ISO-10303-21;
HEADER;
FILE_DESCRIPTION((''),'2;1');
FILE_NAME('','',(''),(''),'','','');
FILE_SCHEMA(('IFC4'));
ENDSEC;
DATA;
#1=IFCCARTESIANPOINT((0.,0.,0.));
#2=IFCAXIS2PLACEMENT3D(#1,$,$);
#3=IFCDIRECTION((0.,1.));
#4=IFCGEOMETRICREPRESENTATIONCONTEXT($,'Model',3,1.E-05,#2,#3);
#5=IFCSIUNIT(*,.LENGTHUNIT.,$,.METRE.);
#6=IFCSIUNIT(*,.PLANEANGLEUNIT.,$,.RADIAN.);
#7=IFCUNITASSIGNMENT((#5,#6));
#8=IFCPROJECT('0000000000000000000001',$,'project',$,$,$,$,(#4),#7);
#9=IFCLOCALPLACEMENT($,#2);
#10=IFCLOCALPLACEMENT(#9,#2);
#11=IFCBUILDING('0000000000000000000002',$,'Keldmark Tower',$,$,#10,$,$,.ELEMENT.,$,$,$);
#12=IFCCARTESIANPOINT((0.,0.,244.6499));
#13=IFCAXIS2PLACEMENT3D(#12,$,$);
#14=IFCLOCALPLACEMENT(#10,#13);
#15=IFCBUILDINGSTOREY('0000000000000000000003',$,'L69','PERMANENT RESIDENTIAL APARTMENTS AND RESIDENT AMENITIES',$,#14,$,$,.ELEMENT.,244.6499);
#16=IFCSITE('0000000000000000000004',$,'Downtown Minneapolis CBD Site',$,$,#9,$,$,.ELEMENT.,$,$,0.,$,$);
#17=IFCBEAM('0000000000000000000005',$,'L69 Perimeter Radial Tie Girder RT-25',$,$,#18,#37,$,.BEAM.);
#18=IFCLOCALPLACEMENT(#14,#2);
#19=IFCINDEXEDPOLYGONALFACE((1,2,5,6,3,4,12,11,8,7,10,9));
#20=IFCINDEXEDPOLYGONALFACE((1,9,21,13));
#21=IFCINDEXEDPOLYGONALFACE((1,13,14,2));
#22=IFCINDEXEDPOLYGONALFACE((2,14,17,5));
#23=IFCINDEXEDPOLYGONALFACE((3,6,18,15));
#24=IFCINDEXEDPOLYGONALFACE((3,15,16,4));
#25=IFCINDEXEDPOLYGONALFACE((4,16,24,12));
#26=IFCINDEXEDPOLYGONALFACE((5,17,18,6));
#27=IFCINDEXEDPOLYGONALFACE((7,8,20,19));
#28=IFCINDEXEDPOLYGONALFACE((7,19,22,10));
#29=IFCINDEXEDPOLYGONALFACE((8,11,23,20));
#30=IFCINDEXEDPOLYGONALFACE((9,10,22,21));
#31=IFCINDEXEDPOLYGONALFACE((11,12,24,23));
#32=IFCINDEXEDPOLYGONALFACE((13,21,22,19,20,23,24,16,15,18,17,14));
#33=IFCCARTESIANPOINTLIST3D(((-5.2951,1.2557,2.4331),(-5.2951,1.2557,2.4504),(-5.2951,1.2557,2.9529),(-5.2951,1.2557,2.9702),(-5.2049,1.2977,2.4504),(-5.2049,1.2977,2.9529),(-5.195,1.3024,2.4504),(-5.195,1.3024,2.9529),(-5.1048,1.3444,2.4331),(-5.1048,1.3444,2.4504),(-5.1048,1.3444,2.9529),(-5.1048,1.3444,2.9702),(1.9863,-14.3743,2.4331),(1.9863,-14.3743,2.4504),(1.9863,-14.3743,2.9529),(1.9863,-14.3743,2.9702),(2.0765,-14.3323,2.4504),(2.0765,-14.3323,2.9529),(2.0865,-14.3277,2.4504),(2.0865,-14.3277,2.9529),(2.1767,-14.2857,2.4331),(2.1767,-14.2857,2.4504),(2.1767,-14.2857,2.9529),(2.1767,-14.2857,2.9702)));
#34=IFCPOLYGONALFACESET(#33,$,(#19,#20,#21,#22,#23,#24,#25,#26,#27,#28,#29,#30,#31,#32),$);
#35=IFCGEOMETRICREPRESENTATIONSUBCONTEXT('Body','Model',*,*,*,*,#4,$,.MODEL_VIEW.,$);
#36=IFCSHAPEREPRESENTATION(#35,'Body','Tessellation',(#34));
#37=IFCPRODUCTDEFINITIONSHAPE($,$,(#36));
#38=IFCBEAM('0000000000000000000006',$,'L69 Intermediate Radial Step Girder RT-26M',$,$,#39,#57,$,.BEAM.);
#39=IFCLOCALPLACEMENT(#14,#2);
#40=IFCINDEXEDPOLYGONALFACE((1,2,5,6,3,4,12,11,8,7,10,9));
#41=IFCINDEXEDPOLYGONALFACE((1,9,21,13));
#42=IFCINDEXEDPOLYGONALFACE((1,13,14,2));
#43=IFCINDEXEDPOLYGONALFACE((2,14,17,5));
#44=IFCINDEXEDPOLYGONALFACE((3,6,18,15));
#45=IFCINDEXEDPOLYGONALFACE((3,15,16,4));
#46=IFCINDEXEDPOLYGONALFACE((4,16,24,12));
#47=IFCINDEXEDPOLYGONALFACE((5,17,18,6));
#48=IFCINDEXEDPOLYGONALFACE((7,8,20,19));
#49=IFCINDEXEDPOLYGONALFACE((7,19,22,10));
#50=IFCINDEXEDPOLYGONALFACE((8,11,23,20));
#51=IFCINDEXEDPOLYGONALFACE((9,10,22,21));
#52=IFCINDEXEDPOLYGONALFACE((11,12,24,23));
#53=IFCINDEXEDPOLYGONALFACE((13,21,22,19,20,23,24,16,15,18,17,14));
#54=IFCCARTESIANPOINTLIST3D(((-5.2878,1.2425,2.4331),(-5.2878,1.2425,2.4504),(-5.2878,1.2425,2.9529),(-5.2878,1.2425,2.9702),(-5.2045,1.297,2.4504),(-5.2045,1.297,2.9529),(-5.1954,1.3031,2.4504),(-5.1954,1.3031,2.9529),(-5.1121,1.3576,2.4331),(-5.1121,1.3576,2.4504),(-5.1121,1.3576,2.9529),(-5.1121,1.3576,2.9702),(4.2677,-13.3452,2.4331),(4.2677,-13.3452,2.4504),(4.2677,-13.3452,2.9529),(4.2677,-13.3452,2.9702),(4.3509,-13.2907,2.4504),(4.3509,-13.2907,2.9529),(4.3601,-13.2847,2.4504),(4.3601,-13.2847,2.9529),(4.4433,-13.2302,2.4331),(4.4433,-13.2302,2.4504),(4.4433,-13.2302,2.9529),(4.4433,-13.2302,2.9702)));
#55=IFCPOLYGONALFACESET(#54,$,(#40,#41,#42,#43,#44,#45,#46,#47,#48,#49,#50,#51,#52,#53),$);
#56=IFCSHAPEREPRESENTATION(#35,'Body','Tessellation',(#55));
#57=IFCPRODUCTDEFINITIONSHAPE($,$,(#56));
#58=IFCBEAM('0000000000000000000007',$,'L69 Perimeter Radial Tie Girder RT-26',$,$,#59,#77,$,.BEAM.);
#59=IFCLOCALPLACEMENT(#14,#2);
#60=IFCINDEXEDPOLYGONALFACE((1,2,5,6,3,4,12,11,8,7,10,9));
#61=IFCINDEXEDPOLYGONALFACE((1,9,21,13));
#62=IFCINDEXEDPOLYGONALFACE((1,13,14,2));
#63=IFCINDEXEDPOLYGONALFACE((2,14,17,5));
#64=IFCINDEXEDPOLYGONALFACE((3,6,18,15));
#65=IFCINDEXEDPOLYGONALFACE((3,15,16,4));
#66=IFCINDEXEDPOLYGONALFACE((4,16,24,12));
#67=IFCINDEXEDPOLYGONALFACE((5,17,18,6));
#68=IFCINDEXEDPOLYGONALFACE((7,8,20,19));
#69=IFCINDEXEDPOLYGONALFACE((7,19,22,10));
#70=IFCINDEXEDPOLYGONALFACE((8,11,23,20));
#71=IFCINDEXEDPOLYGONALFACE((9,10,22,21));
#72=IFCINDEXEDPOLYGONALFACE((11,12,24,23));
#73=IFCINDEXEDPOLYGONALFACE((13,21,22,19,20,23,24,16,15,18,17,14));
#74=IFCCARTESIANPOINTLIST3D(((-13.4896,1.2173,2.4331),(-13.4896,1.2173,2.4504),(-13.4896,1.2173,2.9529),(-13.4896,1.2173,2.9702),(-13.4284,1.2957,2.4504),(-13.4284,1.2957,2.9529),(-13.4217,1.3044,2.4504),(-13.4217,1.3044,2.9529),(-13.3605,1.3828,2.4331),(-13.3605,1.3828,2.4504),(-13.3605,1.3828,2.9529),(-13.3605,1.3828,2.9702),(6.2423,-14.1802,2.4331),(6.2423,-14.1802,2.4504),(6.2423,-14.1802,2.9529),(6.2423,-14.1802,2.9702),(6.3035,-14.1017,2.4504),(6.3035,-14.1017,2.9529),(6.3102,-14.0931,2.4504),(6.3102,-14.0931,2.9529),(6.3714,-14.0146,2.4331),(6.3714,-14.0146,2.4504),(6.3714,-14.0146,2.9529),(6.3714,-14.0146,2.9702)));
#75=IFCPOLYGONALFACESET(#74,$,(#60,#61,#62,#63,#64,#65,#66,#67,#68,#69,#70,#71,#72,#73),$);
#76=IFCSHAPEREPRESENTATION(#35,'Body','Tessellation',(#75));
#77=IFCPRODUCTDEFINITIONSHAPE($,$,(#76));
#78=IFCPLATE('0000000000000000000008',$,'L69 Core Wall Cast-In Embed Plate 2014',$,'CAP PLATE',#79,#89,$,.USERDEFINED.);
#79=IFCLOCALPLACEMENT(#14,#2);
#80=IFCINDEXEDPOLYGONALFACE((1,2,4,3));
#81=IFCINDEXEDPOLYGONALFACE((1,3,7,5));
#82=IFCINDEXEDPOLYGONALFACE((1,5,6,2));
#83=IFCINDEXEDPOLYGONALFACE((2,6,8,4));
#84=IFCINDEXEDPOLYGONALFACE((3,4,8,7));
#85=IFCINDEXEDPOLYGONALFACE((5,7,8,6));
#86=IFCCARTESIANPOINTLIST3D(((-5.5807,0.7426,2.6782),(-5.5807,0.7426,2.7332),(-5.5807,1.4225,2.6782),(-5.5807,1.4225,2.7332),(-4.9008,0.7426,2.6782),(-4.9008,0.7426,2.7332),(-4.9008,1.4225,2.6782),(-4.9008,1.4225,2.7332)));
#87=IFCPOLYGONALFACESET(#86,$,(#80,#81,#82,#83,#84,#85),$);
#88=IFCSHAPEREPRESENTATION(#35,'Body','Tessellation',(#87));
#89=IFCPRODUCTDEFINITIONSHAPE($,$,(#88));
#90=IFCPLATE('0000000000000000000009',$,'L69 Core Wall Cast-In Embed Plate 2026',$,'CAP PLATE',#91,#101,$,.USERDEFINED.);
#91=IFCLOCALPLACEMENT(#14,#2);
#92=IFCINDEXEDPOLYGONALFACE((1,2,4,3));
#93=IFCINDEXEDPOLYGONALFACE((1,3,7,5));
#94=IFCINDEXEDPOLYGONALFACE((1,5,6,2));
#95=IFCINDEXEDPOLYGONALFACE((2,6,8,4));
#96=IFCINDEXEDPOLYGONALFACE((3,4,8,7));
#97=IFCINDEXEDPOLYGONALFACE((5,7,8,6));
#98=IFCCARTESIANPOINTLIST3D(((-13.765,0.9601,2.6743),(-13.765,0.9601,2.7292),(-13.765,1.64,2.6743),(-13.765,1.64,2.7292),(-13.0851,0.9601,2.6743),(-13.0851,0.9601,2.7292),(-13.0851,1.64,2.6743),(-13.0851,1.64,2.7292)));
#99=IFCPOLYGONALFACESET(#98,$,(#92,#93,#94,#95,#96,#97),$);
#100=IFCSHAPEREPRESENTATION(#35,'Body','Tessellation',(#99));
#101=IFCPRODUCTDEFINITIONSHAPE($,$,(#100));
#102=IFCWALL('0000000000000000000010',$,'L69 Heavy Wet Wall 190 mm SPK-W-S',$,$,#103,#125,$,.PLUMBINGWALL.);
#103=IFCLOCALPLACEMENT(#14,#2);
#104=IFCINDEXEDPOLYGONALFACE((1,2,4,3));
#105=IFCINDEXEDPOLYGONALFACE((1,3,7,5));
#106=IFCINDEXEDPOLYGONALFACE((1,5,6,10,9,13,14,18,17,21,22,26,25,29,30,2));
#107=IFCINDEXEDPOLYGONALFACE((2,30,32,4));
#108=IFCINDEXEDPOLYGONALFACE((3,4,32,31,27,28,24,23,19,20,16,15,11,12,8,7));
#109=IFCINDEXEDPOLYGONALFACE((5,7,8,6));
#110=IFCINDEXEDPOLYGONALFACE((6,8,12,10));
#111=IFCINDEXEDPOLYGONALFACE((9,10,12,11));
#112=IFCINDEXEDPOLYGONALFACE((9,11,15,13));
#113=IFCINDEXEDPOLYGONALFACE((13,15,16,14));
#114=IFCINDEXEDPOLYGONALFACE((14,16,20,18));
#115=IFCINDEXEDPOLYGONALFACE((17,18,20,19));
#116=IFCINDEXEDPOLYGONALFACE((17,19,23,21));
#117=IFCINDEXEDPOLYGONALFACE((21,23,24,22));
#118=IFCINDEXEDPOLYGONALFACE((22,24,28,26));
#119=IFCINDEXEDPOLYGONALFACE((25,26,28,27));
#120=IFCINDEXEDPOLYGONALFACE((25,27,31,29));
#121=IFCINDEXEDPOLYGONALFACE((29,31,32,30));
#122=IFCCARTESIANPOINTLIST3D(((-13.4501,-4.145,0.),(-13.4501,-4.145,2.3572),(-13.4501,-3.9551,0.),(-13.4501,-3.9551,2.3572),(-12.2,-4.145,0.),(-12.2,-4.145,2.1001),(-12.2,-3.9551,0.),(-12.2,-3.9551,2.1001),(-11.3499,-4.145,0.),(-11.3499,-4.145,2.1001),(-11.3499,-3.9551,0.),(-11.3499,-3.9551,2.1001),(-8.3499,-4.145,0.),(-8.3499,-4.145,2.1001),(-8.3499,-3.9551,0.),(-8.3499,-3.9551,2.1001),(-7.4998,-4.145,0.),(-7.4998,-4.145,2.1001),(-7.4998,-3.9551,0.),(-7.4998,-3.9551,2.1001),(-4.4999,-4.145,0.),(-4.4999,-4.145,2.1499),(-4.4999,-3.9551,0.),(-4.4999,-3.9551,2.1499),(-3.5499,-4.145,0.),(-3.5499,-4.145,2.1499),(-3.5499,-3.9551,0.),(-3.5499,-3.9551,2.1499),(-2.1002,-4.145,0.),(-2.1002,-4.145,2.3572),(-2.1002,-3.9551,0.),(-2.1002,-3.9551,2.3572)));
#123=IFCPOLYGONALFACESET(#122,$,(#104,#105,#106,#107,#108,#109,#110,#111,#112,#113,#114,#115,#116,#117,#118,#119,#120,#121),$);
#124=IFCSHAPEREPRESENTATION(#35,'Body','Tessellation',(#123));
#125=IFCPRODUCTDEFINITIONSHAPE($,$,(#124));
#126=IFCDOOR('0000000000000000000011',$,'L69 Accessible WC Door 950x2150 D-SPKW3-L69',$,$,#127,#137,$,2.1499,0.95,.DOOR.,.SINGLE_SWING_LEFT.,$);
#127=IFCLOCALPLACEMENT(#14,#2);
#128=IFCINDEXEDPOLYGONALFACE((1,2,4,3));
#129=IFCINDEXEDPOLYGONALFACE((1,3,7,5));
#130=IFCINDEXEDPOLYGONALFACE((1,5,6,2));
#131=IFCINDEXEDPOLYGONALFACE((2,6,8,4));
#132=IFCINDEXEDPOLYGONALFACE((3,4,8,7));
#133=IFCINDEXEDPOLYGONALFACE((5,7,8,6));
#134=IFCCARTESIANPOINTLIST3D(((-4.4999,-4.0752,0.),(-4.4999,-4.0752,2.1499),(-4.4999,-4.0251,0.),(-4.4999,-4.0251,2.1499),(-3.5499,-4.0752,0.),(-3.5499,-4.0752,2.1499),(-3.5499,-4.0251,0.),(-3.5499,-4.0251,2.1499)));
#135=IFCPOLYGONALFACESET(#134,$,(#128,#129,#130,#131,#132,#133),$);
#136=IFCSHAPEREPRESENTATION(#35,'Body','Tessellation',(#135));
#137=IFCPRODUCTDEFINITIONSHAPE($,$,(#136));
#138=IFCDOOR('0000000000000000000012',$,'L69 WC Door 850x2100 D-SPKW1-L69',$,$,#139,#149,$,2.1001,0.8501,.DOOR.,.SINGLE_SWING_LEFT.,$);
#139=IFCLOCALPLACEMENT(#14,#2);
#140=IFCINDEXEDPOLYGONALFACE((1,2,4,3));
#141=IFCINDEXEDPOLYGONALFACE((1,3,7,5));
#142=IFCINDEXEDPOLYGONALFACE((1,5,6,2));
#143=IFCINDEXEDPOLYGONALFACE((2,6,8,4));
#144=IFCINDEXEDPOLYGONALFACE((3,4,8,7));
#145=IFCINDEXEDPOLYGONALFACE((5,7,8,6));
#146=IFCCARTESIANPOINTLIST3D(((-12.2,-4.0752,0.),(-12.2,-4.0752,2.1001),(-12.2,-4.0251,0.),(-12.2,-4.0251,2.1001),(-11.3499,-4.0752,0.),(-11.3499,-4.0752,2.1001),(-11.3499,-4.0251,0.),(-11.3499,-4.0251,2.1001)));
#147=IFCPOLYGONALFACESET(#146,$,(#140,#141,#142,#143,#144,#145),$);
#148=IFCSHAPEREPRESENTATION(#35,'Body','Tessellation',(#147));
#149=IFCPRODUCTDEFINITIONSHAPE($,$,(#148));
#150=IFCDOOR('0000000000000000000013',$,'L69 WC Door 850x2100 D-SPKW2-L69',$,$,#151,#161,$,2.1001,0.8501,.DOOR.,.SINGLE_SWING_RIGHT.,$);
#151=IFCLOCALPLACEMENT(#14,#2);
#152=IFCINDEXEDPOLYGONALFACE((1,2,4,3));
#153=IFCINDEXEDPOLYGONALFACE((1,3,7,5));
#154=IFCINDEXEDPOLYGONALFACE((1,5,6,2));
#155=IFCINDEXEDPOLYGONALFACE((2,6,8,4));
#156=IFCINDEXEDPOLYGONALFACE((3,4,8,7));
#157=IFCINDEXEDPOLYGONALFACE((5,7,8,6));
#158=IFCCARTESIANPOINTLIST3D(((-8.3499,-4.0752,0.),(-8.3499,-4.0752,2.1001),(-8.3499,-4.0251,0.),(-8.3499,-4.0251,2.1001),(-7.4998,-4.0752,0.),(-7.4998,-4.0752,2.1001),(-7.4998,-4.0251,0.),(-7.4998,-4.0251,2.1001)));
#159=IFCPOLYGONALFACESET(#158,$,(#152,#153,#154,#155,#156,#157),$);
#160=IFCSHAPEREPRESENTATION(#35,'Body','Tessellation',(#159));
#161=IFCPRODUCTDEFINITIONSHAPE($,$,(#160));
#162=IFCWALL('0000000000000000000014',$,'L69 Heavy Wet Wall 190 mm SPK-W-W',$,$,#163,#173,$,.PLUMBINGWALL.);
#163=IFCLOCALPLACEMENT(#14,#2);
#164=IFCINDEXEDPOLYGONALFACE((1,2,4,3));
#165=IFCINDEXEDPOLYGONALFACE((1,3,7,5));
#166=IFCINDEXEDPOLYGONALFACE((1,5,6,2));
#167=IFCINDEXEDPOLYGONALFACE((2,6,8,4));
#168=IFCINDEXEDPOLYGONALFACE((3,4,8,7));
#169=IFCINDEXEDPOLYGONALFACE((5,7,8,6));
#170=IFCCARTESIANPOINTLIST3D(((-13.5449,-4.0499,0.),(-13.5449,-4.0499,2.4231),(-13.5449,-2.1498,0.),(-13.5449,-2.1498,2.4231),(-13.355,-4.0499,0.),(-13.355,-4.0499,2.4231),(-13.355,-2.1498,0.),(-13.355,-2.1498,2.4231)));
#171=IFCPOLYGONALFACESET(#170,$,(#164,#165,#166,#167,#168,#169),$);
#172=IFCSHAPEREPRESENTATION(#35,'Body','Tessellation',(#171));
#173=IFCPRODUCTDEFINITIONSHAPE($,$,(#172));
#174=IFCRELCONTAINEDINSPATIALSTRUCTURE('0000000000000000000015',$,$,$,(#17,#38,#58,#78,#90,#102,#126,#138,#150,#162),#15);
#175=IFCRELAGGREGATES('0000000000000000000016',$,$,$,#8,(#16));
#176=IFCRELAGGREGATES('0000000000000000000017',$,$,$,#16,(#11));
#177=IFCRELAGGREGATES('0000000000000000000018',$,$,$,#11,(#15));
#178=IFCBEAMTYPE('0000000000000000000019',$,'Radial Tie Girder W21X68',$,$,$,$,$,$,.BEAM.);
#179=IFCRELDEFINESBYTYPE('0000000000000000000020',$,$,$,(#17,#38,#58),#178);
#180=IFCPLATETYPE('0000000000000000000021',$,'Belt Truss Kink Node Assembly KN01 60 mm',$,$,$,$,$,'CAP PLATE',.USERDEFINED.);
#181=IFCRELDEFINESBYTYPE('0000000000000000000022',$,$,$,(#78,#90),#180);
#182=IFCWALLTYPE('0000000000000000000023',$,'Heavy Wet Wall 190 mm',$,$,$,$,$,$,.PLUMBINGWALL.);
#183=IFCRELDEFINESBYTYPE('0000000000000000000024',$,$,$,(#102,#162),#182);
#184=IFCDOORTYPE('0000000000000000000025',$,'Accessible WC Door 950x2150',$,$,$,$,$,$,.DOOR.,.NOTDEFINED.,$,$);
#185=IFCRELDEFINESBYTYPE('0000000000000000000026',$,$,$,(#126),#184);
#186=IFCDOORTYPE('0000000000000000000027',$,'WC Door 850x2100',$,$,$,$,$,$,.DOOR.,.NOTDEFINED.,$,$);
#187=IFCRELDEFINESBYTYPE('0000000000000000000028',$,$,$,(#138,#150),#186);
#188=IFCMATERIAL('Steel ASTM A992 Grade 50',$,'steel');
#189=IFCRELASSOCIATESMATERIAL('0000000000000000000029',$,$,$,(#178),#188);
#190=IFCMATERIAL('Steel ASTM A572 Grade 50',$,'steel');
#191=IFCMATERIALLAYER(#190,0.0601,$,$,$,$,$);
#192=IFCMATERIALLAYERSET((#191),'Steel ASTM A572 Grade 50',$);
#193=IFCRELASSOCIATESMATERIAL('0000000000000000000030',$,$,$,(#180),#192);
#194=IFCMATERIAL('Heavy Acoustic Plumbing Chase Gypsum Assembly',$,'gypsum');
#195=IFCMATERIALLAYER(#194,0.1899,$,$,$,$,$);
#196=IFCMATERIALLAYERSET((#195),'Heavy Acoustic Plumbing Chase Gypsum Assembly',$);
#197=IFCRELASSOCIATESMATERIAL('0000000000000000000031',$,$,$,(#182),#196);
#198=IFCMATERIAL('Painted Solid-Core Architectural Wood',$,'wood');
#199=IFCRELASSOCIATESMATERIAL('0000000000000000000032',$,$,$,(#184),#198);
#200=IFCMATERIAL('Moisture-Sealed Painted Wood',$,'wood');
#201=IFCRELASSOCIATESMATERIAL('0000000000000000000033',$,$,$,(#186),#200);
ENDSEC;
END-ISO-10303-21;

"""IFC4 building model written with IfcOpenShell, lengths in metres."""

from ifc_helpers import new_model, si_unit, direction, frame, frame_2d, origin, origin_2d, place, context, subcontext, project, spatial, rectangle, i_section, extrude, material, layer, layer_set, material_profile, profile_set, type_object, element, fill, save


model = new_model("IFC4")

# Units and contexts
model_context = context("Model", 3, precision=1e-05, world=origin(), true_north=direction((0.0, 1.0)))
body_context = subcontext(model_context, "Body", "Model", "MODEL_VIEW")
ifc_project = project(units=[si_unit("LENGTHUNIT", "METRE"), si_unit("PLANEANGLEUNIT", "RADIAN")], contexts=[model_context])

# Site, building, storey
site_placement = place(None, origin())
site = spatial("IfcSite", under=ifc_project, at=site_placement, Name="Downtown Minneapolis CBD Site", CompositionType="ELEMENT", RefElevation=0.0)
building_placement = place(site_placement, origin())
building = spatial("IfcBuilding", under=site, at=building_placement, Name="Keldmark Tower", CompositionType="ELEMENT")
storey_placement = place(building_placement, frame((0.0, 0.0, 244.6499)))
storey = spatial("IfcBuildingStorey", under=building, at=storey_placement, Name="L69", Description="PERMANENT RESIDENTIAL APARTMENTS AND RESIDENT AMENITIES", CompositionType="ELEMENT", Elevation=244.6499)

# Beams
ifc_material_1 = material(Name="Steel ASTM A992 Grade 50", Category="steel")
ifc_material_profile_1 = material_profile(ifc_material_1, i_section(OverallWidth=0.21, OverallDepth=0.5371, WebThickness=0.011, FlangeThickness=0.0173, at=origin_2d()), Name="W21X68")
ifc_profile_set_1 = profile_set([ifc_material_profile_1], Name="Steel ASTM A992 Grade 50")
beam_type_1 = type_object("IfcBeamType", Name="Radial Tie Girder W21X68", PredefinedType="BEAM", material=ifc_profile_set_1)
beam_1_placement = place(storey_placement, frame((-5.2, 1.3, 2.7017), z_axis=(0.422287, -0.906462, 0.0), x_axis=(0.906462, 0.422287, 0.0)))
element("IfcBeam", 1, at=beam_1_placement, inside=storey, type_object=beam_type_1, Name="L69 Perimeter Radial Tie Girder RT-25", PredefinedType="BEAM", context=body_context, shape_type="SweptSolid", body=[
    extrude(i_section(OverallWidth=0.21, OverallDepth=0.5371, WebThickness=0.011, FlangeThickness=0.0173, at=origin_2d()), origin(), (0.0, 0.0, 1.0), 17.2429),
])
beam_2_placement = place(storey_placement, frame((-5.2, 1.3, 2.7017), z_axis=(0.547946, -0.836514, 0.0), x_axis=(0.836514, 0.547946, 0.0)))
element("IfcBeam", 2, at=beam_2_placement, inside=storey, type_object=beam_type_1, Name="L69 Intermediate Radial Step Girder RT-26M", PredefinedType="BEAM", context=body_context, shape_type="SweptSolid", body=[
    extrude(i_section(OverallWidth=0.21, OverallDepth=0.5371, WebThickness=0.011, FlangeThickness=0.0173, at=origin_2d()), origin(), (0.0, 0.0, 1.0), 17.4387),
])
beam_3_placement = place(storey_placement, frame((-13.425, 1.3, 2.7017), z_axis=(0.788375, -0.615195, 0.0), x_axis=(0.615195, 0.788375, 0.0)))
element("IfcBeam", 3, at=beam_3_placement, inside=storey, type_object=beam_type_1, Name="L69 Perimeter Radial Tie Girder RT-26", PredefinedType="BEAM", context=body_context, shape_type="SweptSolid", body=[
    extrude(i_section(OverallWidth=0.21, OverallDepth=0.5371, WebThickness=0.011, FlangeThickness=0.0173, at=origin_2d()), origin(), (0.0, 0.0, 1.0), 25.0286),
])

# Plates
ifc_material_2 = material(Name="Steel ASTM A572 Grade 50", Category="steel")
ifc_layer_1 = layer(ifc_material_2, 0.0601)
ifc_layer_set_1 = layer_set([ifc_layer_1], Name="Steel ASTM A572 Grade 50")
plate_type = type_object("IfcPlateType", Name="Belt Truss Kink Node Assembly KN01 60 mm", ElementType="CAP PLATE", PredefinedType="USERDEFINED", material=ifc_layer_set_1)
for number, where, z_axis, x_axis, name in (
    (4, (-5.2407, 1.0825, 2.6782), (0.0, 0.0, 1.0), (1.0, 0.0, 0.0), "L69 Core Wall Cast-In Embed Plate 2014"),
    (5, (-13.425, 1.3, 2.6743), (0.0, 0.0, 1.0), (1.0, 0.0, 0.0), "L69 Core Wall Cast-In Embed Plate 2026"),
):
    element("IfcPlate", number, at=place(storey_placement, frame(where, z_axis=z_axis, x_axis=x_axis)), inside=storey, type_object=plate_type, Name=name, ObjectType="CAP PLATE", PredefinedType="USERDEFINED", context=body_context, shape_type="SweptSolid", body=[
        extrude(rectangle(XDim=0.6799, YDim=0.6799, at=origin_2d()), origin(), (0.0, 0.0, 1.0), 0.0549),
    ])

# Wall, openings, doors
ifc_material_3 = material(Name="Heavy Acoustic Plumbing Chase Gypsum Assembly", Category="gypsum")
ifc_layer_2 = layer(ifc_material_3, 0.1899)
ifc_layer_set_2 = layer_set([ifc_layer_2], Name="Heavy Acoustic Plumbing Chase Gypsum Assembly")
wall_type_1 = type_object("IfcWallType", Name="Heavy Wet Wall 190 mm", PredefinedType="PLUMBINGWALL", material=ifc_layer_set_2)
wall_1_placement = place(storey_placement, frame((-13.45, -4.05, 0.0), z_axis=(0.0, 0.0, 1.0), x_axis=(1.0, 0.0, 0.0)))
wall_1 = element("IfcWall", 6, at=wall_1_placement, inside=storey, type_object=wall_type_1, Name="L69 Heavy Wet Wall 190 mm SPK-W-S", PredefinedType="PLUMBINGWALL", context=body_context, shape_type="SweptSolid", body=[
    extrude(rectangle(XDim=11.3499, YDim=0.1899, at=frame_2d((5.6748, 0.0))), origin(), (0.0, 0.0, 1.0), 2.3572),
])
opening_1_placement = place(wall_1_placement, frame((1.25, 0.0, 0.0)))
opening_1 = element("IfcOpeningElement", 7, at=opening_1_placement, cuts=wall_1, PredefinedType="OPENING", context=body_context, shape_type="SweptSolid", body=[
    extrude(rectangle(XDim=0.8501, YDim=2.1001, at=frame_2d((0.425, 1.05))), frame((0.0, 0.105, 0.0), z_axis=(0.0, -1.0, 0.0), x_axis=(1.0, 0.0, 0.0)), (0.0, 0.0, 1.0), 0.21),
])
opening_2_placement = place(wall_1_placement, frame((5.1001, 0.0, 0.0)))
opening_2 = element("IfcOpeningElement", 8, at=opening_2_placement, cuts=wall_1, PredefinedType="OPENING", context=body_context, shape_type="SweptSolid", body=[
    extrude(rectangle(XDim=0.8501, YDim=2.1001, at=frame_2d((0.425, 1.05))), frame((0.0, 0.105, 0.0), z_axis=(0.0, -1.0, 0.0), x_axis=(1.0, 0.0, 0.0)), (0.0, 0.0, 1.0), 0.21),
])
opening_3_placement = place(wall_1_placement, frame((8.95, 0.0, 0.0)))
opening_3 = element("IfcOpeningElement", 9, at=opening_3_placement, cuts=wall_1, PredefinedType="OPENING", context=body_context, shape_type="SweptSolid", body=[
    extrude(rectangle(XDim=0.95, YDim=2.1499, at=frame_2d((0.4751, 1.075))), frame((0.0, 0.105, 0.0), z_axis=(0.0, -1.0, 0.0), x_axis=(1.0, 0.0, 0.0)), (0.0, 0.0, 1.0), 0.21),
])
ifc_material_4 = material(Name="Painted Solid-Core Architectural Wood", Category="wood")
door_type_1 = type_object("IfcDoorType", Name="Accessible WC Door 950x2150", OperationType="NOTDEFINED", PredefinedType="DOOR", material=ifc_material_4)
door_1_placement = place(opening_3_placement, origin())
door_1 = element("IfcDoor", 10, at=door_1_placement, inside=storey, type_object=door_type_1, Name="L69 Accessible WC Door 950x2150 D-SPKW3-L69", OperationType="SINGLE_SWING_LEFT", OverallHeight=2.1499, OverallWidth=0.95, PredefinedType="DOOR", context=body_context, shape_type="SweptSolid", body=[
    extrude(rectangle(XDim=0.95, YDim=2.1499, at=frame_2d((0.4751, 1.075))), frame((0.0, 0.0249, 0.0), z_axis=(0.0, -1.0, 0.0), x_axis=(1.0, 0.0, 0.0)), (0.0, 0.0, 1.0), 0.05),
])
fill(opening_3, door_1)
ifc_material_5 = material(Name="Moisture-Sealed Painted Wood", Category="wood")
door_type_2 = type_object("IfcDoorType", Name="WC Door 850x2100", OperationType="NOTDEFINED", PredefinedType="DOOR", material=ifc_material_5)
door_2_placement = place(opening_1_placement, origin())
door_2 = element("IfcDoor", 11, at=door_2_placement, inside=storey, type_object=door_type_2, Name="L69 WC Door 850x2100 D-SPKW1-L69", OperationType="SINGLE_SWING_LEFT", OverallHeight=2.1001, OverallWidth=0.8501, PredefinedType="DOOR", context=body_context, shape_type="SweptSolid", body=[
    extrude(rectangle(XDim=0.8501, YDim=2.1001, at=frame_2d((0.425, 1.05))), frame((0.0, 0.0249, 0.0), z_axis=(0.0, -1.0, 0.0), x_axis=(1.0, 0.0, 0.0)), (0.0, 0.0, 1.0), 0.05),
])
fill(opening_1, door_2)
door_3_placement = place(opening_2_placement, origin())
door_3 = element("IfcDoor", 12, at=door_3_placement, inside=storey, type_object=door_type_2, Name="L69 WC Door 850x2100 D-SPKW2-L69", OperationType="SINGLE_SWING_RIGHT", OverallHeight=2.1001, OverallWidth=0.8501, PredefinedType="DOOR", context=body_context, shape_type="SweptSolid", body=[
    extrude(rectangle(XDim=0.8501, YDim=2.1001, at=frame_2d((0.425, 1.05))), frame((0.0, 0.0249, 0.0), z_axis=(0.0, -1.0, 0.0), x_axis=(1.0, 0.0, 0.0)), (0.0, 0.0, 1.0), 0.05),
])
fill(opening_2, door_3)

# Wall
for number, where, z_axis, x_axis, name in (
    (13, (-13.45, -4.05, 0.0), (0.0, 0.0, 1.0), (0.0, 1.0, 0.0), "L69 Heavy Wet Wall 190 mm SPK-W-W"),
):
    element("IfcWall", number, at=place(storey_placement, frame(where, z_axis=z_axis, x_axis=x_axis)), inside=storey, type_object=wall_type_1, Name=name, PredefinedType="PLUMBINGWALL", context=body_context, shape_type="SweptSolid", body=[
        extrude(rectangle(XDim=1.9001, YDim=0.1899, at=frame_2d((0.9502, 0.0))), origin(), (0.0, 0.0, 1.0), 2.4231),
    ])

save(model, "model.ifc")
